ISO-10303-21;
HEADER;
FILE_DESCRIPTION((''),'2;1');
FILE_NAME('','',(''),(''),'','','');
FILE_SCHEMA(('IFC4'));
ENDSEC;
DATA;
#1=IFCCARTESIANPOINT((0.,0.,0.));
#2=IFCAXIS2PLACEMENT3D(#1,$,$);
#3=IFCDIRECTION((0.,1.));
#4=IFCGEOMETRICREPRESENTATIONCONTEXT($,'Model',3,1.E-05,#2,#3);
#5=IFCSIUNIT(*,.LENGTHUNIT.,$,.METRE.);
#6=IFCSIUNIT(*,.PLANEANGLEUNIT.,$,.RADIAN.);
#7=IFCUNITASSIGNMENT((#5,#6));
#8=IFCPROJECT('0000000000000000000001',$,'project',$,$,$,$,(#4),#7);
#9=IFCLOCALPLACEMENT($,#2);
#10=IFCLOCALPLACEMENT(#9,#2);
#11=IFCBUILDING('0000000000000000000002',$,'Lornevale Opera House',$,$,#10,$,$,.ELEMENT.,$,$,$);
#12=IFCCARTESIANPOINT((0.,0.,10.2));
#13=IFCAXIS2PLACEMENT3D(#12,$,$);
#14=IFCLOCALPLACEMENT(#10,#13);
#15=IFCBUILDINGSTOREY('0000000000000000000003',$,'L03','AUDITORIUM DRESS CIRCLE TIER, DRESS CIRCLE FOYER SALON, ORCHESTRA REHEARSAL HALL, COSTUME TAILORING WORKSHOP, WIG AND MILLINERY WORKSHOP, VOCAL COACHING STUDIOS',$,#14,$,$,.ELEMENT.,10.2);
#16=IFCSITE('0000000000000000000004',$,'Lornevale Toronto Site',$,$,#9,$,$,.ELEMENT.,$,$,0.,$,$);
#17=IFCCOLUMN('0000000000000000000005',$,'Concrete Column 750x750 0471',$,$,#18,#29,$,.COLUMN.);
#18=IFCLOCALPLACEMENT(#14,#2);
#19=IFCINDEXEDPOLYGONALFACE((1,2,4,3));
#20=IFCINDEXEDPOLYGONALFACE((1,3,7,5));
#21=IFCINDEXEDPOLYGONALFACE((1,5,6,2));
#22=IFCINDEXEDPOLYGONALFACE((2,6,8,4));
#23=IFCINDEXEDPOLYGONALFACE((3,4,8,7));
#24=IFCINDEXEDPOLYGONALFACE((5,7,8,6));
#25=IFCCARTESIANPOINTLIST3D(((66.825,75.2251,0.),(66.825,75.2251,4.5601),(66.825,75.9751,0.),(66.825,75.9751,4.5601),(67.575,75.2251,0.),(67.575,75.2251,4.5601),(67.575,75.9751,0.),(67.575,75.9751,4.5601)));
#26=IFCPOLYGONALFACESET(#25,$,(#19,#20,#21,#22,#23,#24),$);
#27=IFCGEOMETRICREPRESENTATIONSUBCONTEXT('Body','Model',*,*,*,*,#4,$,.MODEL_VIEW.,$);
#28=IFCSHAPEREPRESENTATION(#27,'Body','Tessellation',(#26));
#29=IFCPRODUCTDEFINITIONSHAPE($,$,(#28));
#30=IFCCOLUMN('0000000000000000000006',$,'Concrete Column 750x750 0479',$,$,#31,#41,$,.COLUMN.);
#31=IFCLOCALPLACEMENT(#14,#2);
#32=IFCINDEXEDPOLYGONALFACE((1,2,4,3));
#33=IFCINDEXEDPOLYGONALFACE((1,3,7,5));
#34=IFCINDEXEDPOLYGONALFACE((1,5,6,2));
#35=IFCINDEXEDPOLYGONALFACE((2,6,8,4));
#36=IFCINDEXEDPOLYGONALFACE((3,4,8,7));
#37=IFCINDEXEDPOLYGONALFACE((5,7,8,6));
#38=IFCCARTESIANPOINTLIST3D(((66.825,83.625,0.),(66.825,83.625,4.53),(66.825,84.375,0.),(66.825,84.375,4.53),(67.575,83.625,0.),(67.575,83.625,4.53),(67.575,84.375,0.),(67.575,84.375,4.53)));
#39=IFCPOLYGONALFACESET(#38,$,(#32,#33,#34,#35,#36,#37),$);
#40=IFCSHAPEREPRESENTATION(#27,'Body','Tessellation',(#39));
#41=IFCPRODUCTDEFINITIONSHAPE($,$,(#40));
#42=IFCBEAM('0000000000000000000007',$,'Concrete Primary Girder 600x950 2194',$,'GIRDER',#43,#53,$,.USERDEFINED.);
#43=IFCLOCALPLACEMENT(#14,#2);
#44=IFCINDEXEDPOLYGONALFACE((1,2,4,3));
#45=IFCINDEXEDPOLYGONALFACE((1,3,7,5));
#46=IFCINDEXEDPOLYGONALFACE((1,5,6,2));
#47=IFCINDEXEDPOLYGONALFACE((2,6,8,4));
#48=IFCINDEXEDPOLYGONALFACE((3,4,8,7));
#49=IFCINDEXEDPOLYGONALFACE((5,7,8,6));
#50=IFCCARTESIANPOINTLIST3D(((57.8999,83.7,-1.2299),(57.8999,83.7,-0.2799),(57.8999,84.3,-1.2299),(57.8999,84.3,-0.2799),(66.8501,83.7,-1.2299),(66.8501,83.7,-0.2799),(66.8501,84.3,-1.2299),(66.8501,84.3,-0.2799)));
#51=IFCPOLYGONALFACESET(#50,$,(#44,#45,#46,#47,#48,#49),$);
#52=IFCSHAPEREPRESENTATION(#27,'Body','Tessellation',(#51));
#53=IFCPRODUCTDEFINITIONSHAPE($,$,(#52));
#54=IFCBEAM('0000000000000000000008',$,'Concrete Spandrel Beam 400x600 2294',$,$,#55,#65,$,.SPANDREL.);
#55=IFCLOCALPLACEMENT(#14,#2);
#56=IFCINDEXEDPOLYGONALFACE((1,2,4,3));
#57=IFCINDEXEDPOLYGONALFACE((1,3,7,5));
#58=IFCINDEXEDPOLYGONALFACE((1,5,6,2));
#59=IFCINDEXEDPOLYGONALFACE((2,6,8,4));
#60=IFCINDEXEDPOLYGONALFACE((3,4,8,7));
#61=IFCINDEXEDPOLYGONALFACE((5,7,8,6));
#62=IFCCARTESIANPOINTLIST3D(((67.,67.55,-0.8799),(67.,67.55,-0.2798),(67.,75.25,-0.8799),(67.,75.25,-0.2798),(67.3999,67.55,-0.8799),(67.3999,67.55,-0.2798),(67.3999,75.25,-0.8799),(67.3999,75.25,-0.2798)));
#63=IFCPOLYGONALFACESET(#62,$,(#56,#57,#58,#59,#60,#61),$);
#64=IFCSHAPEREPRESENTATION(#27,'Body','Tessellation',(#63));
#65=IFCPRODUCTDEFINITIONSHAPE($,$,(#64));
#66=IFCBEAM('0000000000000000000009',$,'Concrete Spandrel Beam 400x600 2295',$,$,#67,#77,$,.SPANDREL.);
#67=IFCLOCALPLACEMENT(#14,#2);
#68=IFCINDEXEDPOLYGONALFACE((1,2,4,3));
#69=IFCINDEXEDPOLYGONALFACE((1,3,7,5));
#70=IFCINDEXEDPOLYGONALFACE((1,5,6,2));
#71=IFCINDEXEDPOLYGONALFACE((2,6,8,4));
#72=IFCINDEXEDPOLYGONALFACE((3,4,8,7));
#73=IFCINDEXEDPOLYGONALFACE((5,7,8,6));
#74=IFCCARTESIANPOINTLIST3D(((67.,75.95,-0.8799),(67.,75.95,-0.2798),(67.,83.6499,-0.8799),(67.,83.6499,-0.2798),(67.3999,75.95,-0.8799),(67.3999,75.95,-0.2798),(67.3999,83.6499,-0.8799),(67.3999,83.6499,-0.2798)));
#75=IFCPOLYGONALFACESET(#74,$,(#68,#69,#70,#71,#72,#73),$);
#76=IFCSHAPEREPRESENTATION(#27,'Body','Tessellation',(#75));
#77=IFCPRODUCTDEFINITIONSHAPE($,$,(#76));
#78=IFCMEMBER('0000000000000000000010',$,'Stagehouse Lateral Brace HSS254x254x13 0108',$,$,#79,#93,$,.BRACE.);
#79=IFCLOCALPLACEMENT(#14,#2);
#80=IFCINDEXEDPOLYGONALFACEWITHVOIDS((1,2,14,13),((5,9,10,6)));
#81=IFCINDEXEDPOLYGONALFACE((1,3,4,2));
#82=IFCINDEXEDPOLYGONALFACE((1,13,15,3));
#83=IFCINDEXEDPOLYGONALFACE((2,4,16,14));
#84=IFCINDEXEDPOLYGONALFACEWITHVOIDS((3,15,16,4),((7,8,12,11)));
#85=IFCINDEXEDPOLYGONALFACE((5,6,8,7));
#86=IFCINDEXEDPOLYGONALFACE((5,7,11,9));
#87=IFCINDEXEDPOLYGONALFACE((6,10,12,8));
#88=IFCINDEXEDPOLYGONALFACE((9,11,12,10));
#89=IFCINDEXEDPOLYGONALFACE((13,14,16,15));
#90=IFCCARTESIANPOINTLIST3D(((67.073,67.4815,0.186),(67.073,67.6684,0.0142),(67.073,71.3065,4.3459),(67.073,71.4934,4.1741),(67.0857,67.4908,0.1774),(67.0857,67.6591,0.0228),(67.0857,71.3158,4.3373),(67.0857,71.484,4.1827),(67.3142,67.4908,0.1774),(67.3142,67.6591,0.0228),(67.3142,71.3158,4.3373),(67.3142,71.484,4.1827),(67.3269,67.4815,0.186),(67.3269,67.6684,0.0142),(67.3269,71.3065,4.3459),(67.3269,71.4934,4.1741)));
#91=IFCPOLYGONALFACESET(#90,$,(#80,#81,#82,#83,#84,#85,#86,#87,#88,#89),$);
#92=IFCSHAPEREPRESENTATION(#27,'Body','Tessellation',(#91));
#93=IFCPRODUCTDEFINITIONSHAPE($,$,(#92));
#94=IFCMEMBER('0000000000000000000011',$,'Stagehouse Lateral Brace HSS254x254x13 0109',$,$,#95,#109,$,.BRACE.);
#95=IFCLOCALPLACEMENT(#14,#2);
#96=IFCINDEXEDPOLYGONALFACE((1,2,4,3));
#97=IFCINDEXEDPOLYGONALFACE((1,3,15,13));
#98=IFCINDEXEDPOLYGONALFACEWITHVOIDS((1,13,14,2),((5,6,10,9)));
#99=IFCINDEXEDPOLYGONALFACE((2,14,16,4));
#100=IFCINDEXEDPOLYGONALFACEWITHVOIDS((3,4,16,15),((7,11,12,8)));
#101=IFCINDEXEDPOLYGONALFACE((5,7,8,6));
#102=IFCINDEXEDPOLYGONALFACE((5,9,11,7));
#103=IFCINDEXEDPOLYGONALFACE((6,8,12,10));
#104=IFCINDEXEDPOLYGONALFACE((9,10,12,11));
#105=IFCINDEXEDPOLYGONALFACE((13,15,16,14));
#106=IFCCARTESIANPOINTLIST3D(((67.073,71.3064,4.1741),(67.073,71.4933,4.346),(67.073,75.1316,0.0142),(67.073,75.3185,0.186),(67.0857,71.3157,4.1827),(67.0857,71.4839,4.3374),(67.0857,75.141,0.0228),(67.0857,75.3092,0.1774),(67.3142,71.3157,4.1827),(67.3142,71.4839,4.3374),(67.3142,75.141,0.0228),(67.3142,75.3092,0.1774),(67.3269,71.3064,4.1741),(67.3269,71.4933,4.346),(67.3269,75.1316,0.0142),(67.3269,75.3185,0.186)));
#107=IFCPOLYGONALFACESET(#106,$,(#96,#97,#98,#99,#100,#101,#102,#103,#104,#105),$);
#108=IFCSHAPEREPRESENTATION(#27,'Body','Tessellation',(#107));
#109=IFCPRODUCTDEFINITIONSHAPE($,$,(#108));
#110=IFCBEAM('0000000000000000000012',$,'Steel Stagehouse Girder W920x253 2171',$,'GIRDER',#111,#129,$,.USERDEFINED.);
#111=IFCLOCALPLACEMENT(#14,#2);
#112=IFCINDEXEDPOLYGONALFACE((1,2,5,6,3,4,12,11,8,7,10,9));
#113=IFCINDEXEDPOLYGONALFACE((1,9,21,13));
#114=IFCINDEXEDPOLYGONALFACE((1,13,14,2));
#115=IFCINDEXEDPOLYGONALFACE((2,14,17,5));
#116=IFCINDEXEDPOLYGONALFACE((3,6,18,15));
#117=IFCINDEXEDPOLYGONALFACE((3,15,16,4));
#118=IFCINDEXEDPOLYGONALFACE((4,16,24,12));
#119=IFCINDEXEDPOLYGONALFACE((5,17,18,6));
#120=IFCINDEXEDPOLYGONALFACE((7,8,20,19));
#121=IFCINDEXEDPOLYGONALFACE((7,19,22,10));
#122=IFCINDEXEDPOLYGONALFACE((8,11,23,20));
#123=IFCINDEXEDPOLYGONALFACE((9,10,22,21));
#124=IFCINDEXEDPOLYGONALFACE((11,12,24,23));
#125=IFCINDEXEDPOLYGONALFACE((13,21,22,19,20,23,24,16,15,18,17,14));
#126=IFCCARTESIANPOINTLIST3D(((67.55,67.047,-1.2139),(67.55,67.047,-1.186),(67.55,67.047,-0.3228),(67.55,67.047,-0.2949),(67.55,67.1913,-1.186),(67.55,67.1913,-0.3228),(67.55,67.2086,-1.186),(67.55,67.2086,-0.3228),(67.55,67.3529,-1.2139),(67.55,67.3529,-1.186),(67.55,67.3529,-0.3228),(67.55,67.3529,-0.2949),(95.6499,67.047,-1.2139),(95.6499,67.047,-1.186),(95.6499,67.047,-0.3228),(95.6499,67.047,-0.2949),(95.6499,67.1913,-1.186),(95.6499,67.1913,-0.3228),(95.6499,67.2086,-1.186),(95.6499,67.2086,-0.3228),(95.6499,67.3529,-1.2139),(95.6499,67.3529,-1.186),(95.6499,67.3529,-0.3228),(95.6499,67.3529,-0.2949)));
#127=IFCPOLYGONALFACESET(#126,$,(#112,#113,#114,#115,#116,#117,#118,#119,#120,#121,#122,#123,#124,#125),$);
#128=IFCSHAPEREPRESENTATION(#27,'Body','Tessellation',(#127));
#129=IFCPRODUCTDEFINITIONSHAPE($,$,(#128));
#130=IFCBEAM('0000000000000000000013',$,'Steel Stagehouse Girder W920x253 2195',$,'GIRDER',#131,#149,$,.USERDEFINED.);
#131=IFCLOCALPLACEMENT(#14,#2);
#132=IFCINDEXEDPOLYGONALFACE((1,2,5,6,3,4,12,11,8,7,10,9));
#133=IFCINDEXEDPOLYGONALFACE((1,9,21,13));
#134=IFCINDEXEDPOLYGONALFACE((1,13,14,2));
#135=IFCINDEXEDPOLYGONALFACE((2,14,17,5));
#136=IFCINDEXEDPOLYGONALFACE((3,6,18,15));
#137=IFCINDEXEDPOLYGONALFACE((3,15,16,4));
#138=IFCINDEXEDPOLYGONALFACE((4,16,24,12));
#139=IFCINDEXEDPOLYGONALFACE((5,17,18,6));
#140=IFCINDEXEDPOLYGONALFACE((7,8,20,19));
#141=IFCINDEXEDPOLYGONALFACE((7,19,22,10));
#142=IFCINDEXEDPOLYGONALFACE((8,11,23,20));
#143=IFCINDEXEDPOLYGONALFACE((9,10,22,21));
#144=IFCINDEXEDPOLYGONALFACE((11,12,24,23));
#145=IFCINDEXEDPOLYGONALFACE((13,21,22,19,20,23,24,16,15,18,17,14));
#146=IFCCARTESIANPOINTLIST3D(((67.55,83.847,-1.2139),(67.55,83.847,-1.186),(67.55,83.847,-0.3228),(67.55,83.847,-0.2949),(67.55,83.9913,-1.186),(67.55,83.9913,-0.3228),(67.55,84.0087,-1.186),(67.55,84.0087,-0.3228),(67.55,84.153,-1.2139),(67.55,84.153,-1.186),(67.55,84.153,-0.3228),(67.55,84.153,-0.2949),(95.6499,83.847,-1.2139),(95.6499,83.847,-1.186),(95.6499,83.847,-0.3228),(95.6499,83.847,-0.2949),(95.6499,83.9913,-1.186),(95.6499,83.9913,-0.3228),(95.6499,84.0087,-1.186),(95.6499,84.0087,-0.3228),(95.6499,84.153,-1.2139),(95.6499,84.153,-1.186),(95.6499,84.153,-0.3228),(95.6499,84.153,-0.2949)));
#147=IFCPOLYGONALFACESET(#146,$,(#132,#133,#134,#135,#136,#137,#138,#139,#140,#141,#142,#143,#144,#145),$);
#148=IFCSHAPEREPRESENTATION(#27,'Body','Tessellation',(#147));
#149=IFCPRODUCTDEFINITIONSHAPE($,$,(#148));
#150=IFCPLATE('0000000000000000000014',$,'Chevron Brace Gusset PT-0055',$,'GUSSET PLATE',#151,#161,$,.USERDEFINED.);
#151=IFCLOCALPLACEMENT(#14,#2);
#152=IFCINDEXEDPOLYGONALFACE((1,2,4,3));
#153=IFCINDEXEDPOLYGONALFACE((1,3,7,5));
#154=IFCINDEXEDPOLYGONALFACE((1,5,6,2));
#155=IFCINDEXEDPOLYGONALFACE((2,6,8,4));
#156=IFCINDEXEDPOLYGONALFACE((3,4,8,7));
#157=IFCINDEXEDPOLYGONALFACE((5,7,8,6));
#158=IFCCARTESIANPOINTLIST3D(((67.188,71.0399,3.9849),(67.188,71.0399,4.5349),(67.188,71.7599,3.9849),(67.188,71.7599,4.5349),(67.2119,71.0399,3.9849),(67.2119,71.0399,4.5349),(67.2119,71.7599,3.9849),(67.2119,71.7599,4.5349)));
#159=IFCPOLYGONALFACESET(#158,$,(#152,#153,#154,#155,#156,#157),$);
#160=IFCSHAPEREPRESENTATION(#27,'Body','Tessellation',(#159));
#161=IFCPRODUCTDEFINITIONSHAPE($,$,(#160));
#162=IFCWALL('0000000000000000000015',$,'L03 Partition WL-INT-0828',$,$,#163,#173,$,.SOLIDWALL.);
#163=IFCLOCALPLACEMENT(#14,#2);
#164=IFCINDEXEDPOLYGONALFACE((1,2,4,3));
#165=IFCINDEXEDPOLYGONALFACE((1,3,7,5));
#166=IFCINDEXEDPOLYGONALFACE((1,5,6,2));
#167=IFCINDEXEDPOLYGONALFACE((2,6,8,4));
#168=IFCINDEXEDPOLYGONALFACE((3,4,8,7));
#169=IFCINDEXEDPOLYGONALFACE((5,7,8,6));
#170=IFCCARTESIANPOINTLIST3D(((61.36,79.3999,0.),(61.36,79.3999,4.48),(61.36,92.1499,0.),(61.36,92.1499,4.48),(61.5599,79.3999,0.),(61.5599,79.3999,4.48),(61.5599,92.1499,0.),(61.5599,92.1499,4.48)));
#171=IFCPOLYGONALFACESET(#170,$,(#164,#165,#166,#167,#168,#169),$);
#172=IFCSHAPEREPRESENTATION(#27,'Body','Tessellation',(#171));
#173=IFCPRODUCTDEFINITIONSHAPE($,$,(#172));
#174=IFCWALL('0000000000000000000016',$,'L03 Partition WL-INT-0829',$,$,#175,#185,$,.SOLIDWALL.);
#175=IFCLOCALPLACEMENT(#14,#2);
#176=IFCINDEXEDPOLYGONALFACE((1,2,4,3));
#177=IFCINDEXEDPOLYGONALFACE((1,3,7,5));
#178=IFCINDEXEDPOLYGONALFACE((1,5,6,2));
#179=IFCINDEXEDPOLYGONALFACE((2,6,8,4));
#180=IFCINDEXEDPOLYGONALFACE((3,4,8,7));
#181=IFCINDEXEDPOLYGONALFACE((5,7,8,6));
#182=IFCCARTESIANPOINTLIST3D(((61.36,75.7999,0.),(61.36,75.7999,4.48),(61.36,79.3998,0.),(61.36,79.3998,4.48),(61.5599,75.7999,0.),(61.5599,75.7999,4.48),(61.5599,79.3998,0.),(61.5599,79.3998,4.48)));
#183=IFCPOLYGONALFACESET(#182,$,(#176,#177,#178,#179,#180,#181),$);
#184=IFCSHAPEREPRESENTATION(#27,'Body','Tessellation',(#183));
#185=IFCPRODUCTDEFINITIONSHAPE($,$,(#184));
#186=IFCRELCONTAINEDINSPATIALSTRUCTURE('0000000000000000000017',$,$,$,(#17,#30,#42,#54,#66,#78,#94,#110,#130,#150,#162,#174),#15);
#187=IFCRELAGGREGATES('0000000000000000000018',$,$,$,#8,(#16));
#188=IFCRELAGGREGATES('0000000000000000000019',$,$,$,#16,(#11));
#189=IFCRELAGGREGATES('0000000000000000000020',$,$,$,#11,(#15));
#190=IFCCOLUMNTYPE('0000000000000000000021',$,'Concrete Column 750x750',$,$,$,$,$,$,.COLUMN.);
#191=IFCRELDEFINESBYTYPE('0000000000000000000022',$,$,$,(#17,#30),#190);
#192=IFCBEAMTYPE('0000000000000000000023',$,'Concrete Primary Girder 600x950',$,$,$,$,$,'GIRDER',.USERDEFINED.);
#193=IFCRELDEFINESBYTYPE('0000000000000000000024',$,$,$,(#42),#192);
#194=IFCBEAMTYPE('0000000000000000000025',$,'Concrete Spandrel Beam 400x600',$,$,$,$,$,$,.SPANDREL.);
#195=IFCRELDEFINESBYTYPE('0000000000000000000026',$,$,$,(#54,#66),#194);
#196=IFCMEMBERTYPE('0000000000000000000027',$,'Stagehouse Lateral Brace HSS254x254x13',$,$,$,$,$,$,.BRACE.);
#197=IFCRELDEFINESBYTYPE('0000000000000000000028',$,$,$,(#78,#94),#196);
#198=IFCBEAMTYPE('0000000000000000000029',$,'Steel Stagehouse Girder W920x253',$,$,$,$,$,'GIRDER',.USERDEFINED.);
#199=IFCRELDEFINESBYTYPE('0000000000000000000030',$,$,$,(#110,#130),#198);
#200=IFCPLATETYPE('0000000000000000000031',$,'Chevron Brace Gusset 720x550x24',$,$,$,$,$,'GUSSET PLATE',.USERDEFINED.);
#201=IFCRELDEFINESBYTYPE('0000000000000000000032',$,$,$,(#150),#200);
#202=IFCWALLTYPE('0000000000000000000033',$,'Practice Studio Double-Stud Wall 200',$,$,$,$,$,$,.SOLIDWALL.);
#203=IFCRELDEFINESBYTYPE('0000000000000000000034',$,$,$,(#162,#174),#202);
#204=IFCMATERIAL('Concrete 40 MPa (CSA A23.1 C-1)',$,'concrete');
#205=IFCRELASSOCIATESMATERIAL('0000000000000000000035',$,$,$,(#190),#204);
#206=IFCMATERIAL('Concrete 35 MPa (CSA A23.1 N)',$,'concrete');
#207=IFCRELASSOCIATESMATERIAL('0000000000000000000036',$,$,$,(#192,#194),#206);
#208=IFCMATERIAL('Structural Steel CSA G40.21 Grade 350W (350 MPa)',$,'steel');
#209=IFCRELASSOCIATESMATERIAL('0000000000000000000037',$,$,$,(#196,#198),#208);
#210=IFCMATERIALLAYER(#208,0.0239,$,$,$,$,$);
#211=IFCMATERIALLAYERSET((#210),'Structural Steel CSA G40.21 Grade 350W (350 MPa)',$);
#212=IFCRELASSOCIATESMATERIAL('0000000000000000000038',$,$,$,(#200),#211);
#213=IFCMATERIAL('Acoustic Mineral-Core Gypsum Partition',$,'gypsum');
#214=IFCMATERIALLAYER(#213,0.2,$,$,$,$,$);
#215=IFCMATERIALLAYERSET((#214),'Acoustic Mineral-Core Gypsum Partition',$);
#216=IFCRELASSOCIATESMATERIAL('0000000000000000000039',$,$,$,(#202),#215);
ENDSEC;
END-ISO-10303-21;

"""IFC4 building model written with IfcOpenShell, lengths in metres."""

from ifc_helpers import new_model, si_unit, direction, frame, frame_2d, origin, origin_2d, place, context, subcontext, project, spatial, rectangle, hollow_rectangle, i_section, extrude, material, layer, layer_set, material_profile, profile_set, type_object, element, save


model = new_model("IFC4")

# Units and contexts
model_context = context("Model", 3, precision=1e-05, world=origin(), true_north=direction((0.0, 1.0)))
body_context = subcontext(model_context, "Body", "Model", "MODEL_VIEW")
ifc_project = project(units=[si_unit("LENGTHUNIT", "METRE"), si_unit("PLANEANGLEUNIT", "RADIAN")], contexts=[model_context])

# Site, building, storey
site_placement = place(None, origin())
site = spatial("IfcSite", under=ifc_project, at=site_placement, Name="Lornevale Toronto Site", CompositionType="ELEMENT", RefElevation=0.0)
building_placement = place(site_placement, origin())
building = spatial("IfcBuilding", under=site, at=building_placement, Name="Lornevale Opera House", CompositionType="ELEMENT")
storey_placement = place(building_placement, frame((0.0, 0.0, 10.2)))
storey = spatial("IfcBuildingStorey", under=building, at=storey_placement, Name="L03", Description="AUDITORIUM DRESS CIRCLE TIER, DRESS CIRCLE FOYER SALON, ORCHESTRA REHEARSAL HALL, COSTUME TAILORING WORKSHOP, WIG AND MILLINERY WORKSHOP, VOCAL COACHING STUDIOS", CompositionType="ELEMENT", Elevation=10.2)

# Columns
ifc_material_1 = material(Name="Concrete 40 MPa (CSA A23.1 C-1)", Category="concrete")
ifc_material_profile_1 = material_profile(ifc_material_1, rectangle(XDim=0.75, YDim=0.75, at=origin_2d()), Name="RC750x750")
ifc_profile_set_1 = profile_set([ifc_material_profile_1], Name="Concrete 40 MPa (CSA A23.1 C-1)")
column_type = type_object("IfcColumnType", Name="Concrete Column 750x750", PredefinedType="COLUMN", material=ifc_profile_set_1)
column_1_placement = place(storey_placement, frame((67.2, 75.6001, 0.0), z_axis=(0.0, 0.0, 1.0), x_axis=(1.0, 0.0, 0.0)))
element("IfcColumn", 1, at=column_1_placement, inside=storey, type_object=column_type, Name="Concrete Column 750x750 0471", PredefinedType="COLUMN", context=body_context, shape_type="SweptSolid", body=[
    extrude(rectangle(XDim=0.75, YDim=0.75, at=origin_2d()), origin(), (0.0, 0.0, 1.0), 4.5601),
])
column_2_placement = place(storey_placement, frame((67.2, 84.0, 0.0), z_axis=(0.0, 0.0, 1.0), x_axis=(1.0, 0.0, 0.0)))
element("IfcColumn", 2, at=column_2_placement, inside=storey, type_object=column_type, Name="Concrete Column 750x750 0479", PredefinedType="COLUMN", context=body_context, shape_type="SweptSolid", body=[
    extrude(rectangle(XDim=0.75, YDim=0.75, at=origin_2d()), origin(), (0.0, 0.0, 1.0), 4.53),
])

# Beams
ifc_material_2 = material(Name="Concrete 35 MPa (CSA A23.1 N)", Category="concrete")
ifc_material_profile_2 = material_profile(ifc_material_2, rectangle(XDim=0.6001, YDim=0.95, at=origin_2d()), Name="RC600x950")
ifc_profile_set_2 = profile_set([ifc_material_profile_2], Name="Concrete 35 MPa (CSA A23.1 N)")
beam_type_1 = type_object("IfcBeamType", Name="Concrete Primary Girder 600x950", ElementType="GIRDER", PredefinedType="USERDEFINED", material=ifc_profile_set_2)
beam_placement = place(storey_placement, frame((57.8999, 84.0, -0.7549), z_axis=(1.0, 0.0, 0.0), x_axis=(0.0, 1.0, 0.0)))
element("IfcBeam", 3, at=beam_placement, inside=storey, type_object=beam_type_1, Name="Concrete Primary Girder 600x950 2194", ObjectType="GIRDER", PredefinedType="USERDEFINED", context=body_context, shape_type="SweptSolid", body=[
    extrude(rectangle(XDim=0.6001, YDim=0.95, at=origin_2d()), origin(), (0.0, 0.0, 1.0), 8.9502),
])
ifc_material_profile_3 = material_profile(ifc_material_2, rectangle(XDim=0.3999, YDim=0.6001, at=origin_2d()), Name="RC400x600")
ifc_profile_set_3 = profile_set([ifc_material_profile_3], Name="Concrete 35 MPa (CSA A23.1 N)")
beam_type_2 = type_object("IfcBeamType", Name="Concrete Spandrel Beam 400x600", PredefinedType="SPANDREL", material=ifc_profile_set_3)
for number, where, z_axis, x_axis, name in (
    (4, (67.2, 67.55, -0.5798), (0.0, 1.0, 0.0), (-1.0, 0.0, 0.0), "Concrete Spandrel Beam 400x600 2294"),
    (5, (67.2, 75.95, -0.5798), (0.0, 1.0, 0.0), (-1.0, 0.0, 0.0), "Concrete Spandrel Beam 400x600 2295"),
):
    element("IfcBeam", number, at=place(storey_placement, frame(where, z_axis=z_axis, x_axis=x_axis)), inside=storey, type_object=beam_type_2, Name=name, PredefinedType="SPANDREL", context=body_context, shape_type="SweptSolid", body=[
        extrude(rectangle(XDim=0.3999, YDim=0.6001, at=origin_2d()), origin(), (0.0, 0.0, 1.0), 7.7),
    ])

# Members
ifc_material_3 = material(Name="Structural Steel CSA G40.21 Grade 350W (350 MPa)", Category="steel")
ifc_material_profile_4 = material_profile(ifc_material_3, hollow_rectangle(XDim=0.2539, YDim=0.2539, WallThickness=0.0127, at=origin_2d()), Name="HSS254x254x13")
ifc_profile_set_4 = profile_set([ifc_material_profile_4], Name="Structural Steel CSA G40.21 Grade 350W (350 MPa)")
member_type = type_object("IfcMemberType", Name="Stagehouse Lateral Brace HSS254x254x13", PredefinedType="BRACE", material=ifc_profile_set_4)
member_1_placement = place(storey_placement, frame((67.2, 67.575, 0.1001), z_axis=(0.0, 0.676849, 0.736122), x_axis=(-1.0, 0.0, 0.0)))
element("IfcMember", 6, at=member_1_placement, inside=storey, type_object=member_type, Name="Stagehouse Lateral Brace HSS254x254x13 0108", PredefinedType="BRACE", context=body_context, shape_type="SweptSolid", body=[
    extrude(hollow_rectangle(XDim=0.2539, YDim=0.2539, WallThickness=0.0127, at=origin_2d()), origin(), (0.0, 0.0, 1.0), 5.6511),
])
member_2_placement = place(storey_placement, frame((67.2, 75.2251, 0.1001), z_axis=(0.0, -0.676872, 0.736101), x_axis=(1.0, 0.0, 0.0)))
element("IfcMember", 7, at=member_2_placement, inside=storey, type_object=member_type, Name="Stagehouse Lateral Brace HSS254x254x13 0109", PredefinedType="BRACE", context=body_context, shape_type="SweptSolid", body=[
    extrude(hollow_rectangle(XDim=0.2539, YDim=0.2539, WallThickness=0.0127, at=origin_2d()), origin(), (0.0, 0.0, 1.0), 5.6514),
])

# Beams
ifc_material_profile_5 = material_profile(ifc_material_3, i_section(OverallWidth=0.3059, OverallDepth=0.9189, WebThickness=0.0173, FlangeThickness=0.0278, at=origin_2d()), Name="W920x253")
ifc_profile_set_5 = profile_set([ifc_material_profile_5], Name="Structural Steel CSA G40.21 Grade 350W (350 MPa)")
beam_type_3 = type_object("IfcBeamType", Name="Steel Stagehouse Girder W920x253", ElementType="GIRDER", PredefinedType="USERDEFINED", material=ifc_profile_set_5)
for number, where, z_axis, x_axis, name in (
    (8, (67.55, 67.2, -0.7544), (1.0, 0.0, 0.0), (0.0, 1.0, 0.0), "Steel Stagehouse Girder W920x253 2171"),
    (9, (67.55, 84.0, -0.7544), (1.0, 0.0, 0.0), (0.0, 1.0, 0.0), "Steel Stagehouse Girder W920x253 2195"),
):
    element("IfcBeam", number, at=place(storey_placement, frame(where, z_axis=z_axis, x_axis=x_axis)), inside=storey, type_object=beam_type_3, Name=name, ObjectType="GIRDER", PredefinedType="USERDEFINED", context=body_context, shape_type="SweptSolid", body=[
        extrude(i_section(OverallWidth=0.3059, OverallDepth=0.9189, WebThickness=0.0173, FlangeThickness=0.0278, at=origin_2d()), origin(), (0.0, 0.0, 1.0), 28.0999),
    ])

# Plate
ifc_layer_1 = layer(ifc_material_3, 0.0239)
ifc_layer_set_1 = layer_set([ifc_layer_1], Name="Structural Steel CSA G40.21 Grade 350W (350 MPa)")
plate_type = type_object("IfcPlateType", Name="Chevron Brace Gusset 720x550x24", ElementType="GUSSET PLATE", PredefinedType="USERDEFINED", material=ifc_layer_set_1)
plate_placement = place(storey_placement, frame((67.2, 71.3999, 3.9849), z_axis=(0.0, 0.0, 1.0), x_axis=(0.0, 1.0, 0.0)))
element("IfcPlate", 10, at=plate_placement, inside=storey, type_object=plate_type, Name="Chevron Brace Gusset PT-0055", ObjectType="GUSSET PLATE", PredefinedType="USERDEFINED", context=body_context, shape_type="SweptSolid", body=[
    extrude(rectangle(XDim=0.72, YDim=0.0239, at=origin_2d()), origin(), (0.0, 0.0, 1.0), 0.55),
])

# Walls
ifc_material_4 = material(Name="Acoustic Mineral-Core Gypsum Partition", Category="gypsum")
ifc_layer_2 = layer(ifc_material_4, 0.2)
ifc_layer_set_2 = layer_set([ifc_layer_2], Name="Acoustic Mineral-Core Gypsum Partition")
wall_type_1 = type_object("IfcWallType", Name="Practice Studio Double-Stud Wall 200", PredefinedType="SOLIDWALL", material=ifc_layer_set_2)
wall_1_placement = place(storey_placement, frame((61.46, 79.3999, 0.0), z_axis=(0.0, 0.0, 1.0), x_axis=(0.0, 1.0, 0.0)))
element("IfcWall", 11, at=wall_1_placement, inside=storey, type_object=wall_type_1, Name="L03 Partition WL-INT-0828", PredefinedType="SOLIDWALL", context=body_context, shape_type="SweptSolid", body=[
    extrude(rectangle(XDim=12.75, YDim=0.2, at=frame_2d((6.375, 0.0))), origin(), (0.0, 0.0, 1.0), 4.48),
])
wall_2_placement = place(storey_placement, frame((61.46, 75.8, 0.0), z_axis=(0.0, 0.0, 1.0), x_axis=(0.0, 1.0, 0.0)))
element("IfcWall", 12, at=wall_2_placement, inside=storey, type_object=wall_type_1, Name="L03 Partition WL-INT-0829", PredefinedType="SOLIDWALL", context=body_context, shape_type="SweptSolid", body=[
    extrude(rectangle(XDim=3.5999, YDim=0.2, at=frame_2d((1.7998, 0.0))), origin(), (0.0, 0.0, 1.0), 4.48),
])

save(model, "model.ifc")
